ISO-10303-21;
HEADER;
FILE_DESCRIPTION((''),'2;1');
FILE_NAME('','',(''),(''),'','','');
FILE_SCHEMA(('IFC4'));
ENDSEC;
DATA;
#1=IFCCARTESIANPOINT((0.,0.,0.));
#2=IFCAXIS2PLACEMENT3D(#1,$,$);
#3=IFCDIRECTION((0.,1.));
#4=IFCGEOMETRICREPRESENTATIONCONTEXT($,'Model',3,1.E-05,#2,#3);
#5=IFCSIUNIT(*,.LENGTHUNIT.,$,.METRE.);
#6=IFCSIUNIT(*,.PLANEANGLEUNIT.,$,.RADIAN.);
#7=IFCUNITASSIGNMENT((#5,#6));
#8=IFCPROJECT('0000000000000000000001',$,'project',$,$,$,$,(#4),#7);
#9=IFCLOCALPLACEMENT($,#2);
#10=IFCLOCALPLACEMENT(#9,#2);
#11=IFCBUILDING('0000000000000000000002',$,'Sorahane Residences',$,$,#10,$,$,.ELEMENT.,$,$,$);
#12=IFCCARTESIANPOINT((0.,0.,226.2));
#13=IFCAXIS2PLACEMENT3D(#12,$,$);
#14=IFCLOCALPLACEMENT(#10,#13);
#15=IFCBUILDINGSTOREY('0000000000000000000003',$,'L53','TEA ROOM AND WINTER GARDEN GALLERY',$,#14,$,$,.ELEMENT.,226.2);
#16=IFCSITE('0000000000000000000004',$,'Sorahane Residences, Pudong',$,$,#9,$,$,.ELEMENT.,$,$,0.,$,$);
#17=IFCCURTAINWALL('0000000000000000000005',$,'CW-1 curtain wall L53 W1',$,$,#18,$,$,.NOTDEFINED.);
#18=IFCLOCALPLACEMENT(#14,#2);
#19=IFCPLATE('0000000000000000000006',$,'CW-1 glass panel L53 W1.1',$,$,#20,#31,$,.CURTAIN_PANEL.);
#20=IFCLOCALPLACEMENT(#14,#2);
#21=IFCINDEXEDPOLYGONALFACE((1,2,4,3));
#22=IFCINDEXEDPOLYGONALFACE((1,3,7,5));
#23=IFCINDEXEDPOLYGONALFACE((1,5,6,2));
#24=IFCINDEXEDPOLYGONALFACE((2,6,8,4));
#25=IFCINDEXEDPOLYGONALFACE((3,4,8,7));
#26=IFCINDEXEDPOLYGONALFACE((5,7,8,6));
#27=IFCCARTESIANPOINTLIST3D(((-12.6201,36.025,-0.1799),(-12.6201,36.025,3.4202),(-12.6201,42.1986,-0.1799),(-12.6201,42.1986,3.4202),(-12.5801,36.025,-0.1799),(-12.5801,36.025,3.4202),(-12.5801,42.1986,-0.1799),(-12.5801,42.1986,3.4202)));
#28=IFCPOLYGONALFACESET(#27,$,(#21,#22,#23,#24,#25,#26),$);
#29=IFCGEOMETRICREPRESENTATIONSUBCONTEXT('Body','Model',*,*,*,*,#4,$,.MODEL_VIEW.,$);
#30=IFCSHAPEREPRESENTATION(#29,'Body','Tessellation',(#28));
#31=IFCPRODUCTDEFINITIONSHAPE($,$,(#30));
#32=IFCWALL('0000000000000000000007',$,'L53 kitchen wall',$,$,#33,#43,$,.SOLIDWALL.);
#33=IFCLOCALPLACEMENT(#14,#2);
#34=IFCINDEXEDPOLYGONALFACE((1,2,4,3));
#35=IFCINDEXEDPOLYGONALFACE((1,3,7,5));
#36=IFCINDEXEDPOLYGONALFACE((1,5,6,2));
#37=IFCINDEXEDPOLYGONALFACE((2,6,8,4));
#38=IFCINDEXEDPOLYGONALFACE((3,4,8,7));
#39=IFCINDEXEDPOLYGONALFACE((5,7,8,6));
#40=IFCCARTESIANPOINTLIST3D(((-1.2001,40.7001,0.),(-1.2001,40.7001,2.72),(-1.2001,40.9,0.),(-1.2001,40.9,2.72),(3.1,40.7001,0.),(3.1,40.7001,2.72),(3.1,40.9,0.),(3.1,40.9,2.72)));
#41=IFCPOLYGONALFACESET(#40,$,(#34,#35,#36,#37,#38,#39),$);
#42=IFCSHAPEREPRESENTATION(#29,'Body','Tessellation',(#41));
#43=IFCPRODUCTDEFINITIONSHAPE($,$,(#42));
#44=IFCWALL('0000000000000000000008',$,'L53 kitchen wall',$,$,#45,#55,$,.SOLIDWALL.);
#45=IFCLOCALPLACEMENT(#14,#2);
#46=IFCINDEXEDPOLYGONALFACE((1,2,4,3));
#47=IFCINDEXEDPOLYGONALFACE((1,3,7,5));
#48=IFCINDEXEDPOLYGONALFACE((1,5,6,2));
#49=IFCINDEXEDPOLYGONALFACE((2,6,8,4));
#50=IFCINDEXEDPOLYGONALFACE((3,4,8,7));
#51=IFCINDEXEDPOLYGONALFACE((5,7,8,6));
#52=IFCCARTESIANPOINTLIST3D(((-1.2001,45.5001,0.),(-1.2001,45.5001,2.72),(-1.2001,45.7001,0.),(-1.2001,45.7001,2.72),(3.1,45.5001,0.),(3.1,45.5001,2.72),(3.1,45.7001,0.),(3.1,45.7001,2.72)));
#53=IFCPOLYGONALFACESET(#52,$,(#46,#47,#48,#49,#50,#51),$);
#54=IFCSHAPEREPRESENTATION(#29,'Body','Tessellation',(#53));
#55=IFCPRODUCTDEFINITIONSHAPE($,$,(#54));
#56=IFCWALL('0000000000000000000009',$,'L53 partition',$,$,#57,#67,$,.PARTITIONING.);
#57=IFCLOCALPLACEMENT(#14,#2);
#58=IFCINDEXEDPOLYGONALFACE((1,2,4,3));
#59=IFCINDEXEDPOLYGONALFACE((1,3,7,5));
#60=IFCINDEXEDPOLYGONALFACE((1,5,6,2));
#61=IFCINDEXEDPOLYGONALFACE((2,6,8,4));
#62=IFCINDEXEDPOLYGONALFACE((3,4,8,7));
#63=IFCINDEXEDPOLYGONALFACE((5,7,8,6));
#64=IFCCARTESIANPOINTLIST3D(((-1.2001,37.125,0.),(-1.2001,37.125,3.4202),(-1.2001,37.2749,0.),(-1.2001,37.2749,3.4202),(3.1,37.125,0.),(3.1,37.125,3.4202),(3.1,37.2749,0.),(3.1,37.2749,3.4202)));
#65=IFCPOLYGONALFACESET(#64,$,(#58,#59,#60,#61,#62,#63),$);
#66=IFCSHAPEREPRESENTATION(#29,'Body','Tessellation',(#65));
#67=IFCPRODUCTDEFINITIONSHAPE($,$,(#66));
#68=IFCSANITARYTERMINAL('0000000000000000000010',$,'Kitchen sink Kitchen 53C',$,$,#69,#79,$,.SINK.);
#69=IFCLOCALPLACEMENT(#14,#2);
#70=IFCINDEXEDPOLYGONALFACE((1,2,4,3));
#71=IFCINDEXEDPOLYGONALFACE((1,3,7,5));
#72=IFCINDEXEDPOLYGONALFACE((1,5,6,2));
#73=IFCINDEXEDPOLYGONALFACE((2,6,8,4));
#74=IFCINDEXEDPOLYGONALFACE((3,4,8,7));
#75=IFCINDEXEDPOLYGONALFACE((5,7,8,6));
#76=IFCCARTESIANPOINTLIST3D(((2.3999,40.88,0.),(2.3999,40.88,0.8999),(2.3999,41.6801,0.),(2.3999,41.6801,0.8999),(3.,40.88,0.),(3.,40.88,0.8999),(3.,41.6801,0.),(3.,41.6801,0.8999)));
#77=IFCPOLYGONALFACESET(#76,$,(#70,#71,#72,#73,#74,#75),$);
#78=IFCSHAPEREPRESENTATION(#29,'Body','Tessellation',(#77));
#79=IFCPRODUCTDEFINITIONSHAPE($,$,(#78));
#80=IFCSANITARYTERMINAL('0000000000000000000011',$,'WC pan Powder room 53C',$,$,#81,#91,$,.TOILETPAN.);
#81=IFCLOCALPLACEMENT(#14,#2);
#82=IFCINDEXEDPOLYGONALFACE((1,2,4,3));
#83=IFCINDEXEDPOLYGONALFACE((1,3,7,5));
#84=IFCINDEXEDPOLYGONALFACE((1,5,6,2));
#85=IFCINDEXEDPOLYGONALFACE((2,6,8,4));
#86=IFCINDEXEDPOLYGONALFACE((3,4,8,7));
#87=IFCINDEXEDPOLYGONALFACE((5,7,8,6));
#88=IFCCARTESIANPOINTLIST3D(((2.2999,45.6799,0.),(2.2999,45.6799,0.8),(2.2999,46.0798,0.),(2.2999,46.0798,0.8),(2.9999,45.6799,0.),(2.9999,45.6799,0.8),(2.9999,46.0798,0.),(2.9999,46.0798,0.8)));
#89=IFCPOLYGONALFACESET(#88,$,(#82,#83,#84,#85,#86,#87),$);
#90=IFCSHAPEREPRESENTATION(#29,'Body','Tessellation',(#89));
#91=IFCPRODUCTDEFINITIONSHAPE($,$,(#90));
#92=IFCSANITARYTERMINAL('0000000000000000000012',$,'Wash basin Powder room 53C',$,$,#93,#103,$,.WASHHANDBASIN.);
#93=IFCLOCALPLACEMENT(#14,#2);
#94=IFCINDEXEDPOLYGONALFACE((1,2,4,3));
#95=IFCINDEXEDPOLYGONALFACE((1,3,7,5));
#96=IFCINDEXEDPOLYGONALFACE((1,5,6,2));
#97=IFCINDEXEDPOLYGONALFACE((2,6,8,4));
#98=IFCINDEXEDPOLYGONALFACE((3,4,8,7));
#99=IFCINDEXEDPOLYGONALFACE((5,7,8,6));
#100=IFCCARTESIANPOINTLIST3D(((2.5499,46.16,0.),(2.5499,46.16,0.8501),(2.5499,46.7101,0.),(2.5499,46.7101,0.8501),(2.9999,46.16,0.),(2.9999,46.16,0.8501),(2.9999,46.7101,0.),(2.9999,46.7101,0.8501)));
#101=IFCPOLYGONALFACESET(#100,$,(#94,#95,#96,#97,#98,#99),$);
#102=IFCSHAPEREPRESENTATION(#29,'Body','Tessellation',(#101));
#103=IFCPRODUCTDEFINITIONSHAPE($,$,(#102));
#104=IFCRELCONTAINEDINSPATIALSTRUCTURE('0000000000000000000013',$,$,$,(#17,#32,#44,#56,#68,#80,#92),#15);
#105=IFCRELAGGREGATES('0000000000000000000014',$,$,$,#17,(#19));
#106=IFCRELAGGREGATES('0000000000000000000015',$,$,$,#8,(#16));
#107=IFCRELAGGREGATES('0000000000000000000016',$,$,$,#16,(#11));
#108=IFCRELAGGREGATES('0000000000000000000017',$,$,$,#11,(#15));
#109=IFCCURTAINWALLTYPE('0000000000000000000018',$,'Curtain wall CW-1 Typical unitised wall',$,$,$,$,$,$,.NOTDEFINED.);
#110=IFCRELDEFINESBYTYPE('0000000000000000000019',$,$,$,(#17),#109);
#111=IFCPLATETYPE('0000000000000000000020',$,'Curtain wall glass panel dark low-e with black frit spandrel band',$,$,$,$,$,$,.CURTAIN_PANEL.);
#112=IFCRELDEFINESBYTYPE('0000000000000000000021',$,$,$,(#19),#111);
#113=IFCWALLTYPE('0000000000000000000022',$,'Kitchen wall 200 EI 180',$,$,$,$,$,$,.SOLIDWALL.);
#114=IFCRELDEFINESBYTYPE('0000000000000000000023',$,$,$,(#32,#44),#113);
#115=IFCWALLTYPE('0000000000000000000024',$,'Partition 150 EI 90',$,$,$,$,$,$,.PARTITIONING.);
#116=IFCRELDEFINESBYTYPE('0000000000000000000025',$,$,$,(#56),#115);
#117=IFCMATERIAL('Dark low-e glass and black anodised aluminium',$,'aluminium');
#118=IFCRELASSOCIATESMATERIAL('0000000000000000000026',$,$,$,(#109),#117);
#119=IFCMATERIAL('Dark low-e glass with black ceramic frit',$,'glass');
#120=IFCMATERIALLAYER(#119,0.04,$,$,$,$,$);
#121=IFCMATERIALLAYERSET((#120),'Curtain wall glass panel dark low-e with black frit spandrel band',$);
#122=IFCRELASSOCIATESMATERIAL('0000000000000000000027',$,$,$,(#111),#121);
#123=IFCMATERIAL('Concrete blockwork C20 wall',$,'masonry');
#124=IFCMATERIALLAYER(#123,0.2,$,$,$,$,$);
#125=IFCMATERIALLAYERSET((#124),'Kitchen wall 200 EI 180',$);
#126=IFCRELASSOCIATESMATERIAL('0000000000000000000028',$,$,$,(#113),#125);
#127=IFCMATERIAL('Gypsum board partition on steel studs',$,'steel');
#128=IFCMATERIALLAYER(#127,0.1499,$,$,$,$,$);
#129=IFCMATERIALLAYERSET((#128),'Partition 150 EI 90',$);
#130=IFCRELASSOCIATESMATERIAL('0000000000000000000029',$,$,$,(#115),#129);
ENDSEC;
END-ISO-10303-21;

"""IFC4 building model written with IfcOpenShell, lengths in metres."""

from ifc_helpers import new_model, si_unit, direction, frame, frame_2d, origin, origin_2d, place, context, subcontext, project, spatial, rectangle, extrude, material, layer, layer_set, type_object, element, aggregate, save


model = new_model("IFC4")

# Units and contexts
model_context = context("Model", 3, precision=1e-05, world=origin(), true_north=direction((0.0, 1.0)))
body_context = subcontext(model_context, "Body", "Model", "MODEL_VIEW")
ifc_project = project(units=[si_unit("LENGTHUNIT", "METRE"), si_unit("PLANEANGLEUNIT", "RADIAN")], contexts=[model_context])

# Site, building, storey
site_placement = place(None, origin())
site = spatial("IfcSite", under=ifc_project, at=site_placement, Name="Sorahane Residences, Pudong", CompositionType="ELEMENT", RefElevation=0.0)
building_placement = place(site_placement, origin())
building = spatial("IfcBuilding", under=site, at=building_placement, Name="Sorahane Residences", CompositionType="ELEMENT")
storey_placement = place(building_placement, frame((0.0, 0.0, 226.2)))
storey = spatial("IfcBuildingStorey", under=building, at=storey_placement, Name="L53", Description="TEA ROOM AND WINTER GARDEN GALLERY", CompositionType="ELEMENT", Elevation=226.2)

# Shared definitions
ifc_material_1 = material(Name="Dark low-e glass and black anodised aluminium", Category="aluminium")
curtain_wall_type_1 = type_object("IfcCurtainWallType", Name="Curtain wall CW-1 Typical unitised wall", PredefinedType="NOTDEFINED", material=ifc_material_1)

# Curtain wall
curtain_wall_1_placement = place(storey_placement, origin())
curtain_wall_1 = element("IfcCurtainWall", 1, at=curtain_wall_1_placement, inside=storey, type_object=curtain_wall_type_1, Name="CW-1 curtain wall L53 W1", PredefinedType="NOTDEFINED")

# Plate
ifc_material_2 = material(Name="Dark low-e glass with black ceramic frit", Category="glass")
ifc_layer_1 = layer(ifc_material_2, 0.04)
ifc_layer_set_1 = layer_set([ifc_layer_1], Name="Curtain wall glass panel dark low-e with black frit spandrel band")
plate_type = type_object("IfcPlateType", Name="Curtain wall glass panel dark low-e with black frit spandrel band", PredefinedType="CURTAIN_PANEL", material=ifc_layer_set_1)
plate_1_placement = place(storey_placement, frame((-12.6001, 39.1118, -0.1799), z_axis=(0.0, 0.0, 1.0), x_axis=(0.0, -1.0, 0.0)))
plate_1 = element("IfcPlate", 2, at=plate_1_placement, type_object=plate_type, Name="CW-1 glass panel L53 W1.1", PredefinedType="CURTAIN_PANEL", context=body_context, shape_type="SweptSolid", body=[
    extrude(rectangle(XDim=6.1736, YDim=0.04, at=origin_2d()), origin(), (0.0, 0.0, 1.0), 3.6001),
])
aggregate(curtain_wall_1, [plate_1])

# Shared definitions
ifc_material_3 = material(Name="Concrete blockwork C20 wall", Category="masonry")
ifc_layer_2 = layer(ifc_material_3, 0.2)
ifc_layer_set_2 = layer_set([ifc_layer_2], Name="Kitchen wall 200 EI 180")
wall_type_1 = type_object("IfcWallType", Name="Kitchen wall 200 EI 180", PredefinedType="SOLIDWALL", material=ifc_layer_set_2)

# Walls
for number, where, z_axis, x_axis, name in (
    (3, (-1.2, 40.8, 0.0), (0.0, 0.0, 1.0), (1.0, 0.0, 0.0), "L53 kitchen wall"),
    (4, (-1.2, 45.6001, 0.0), (0.0, 0.0, 1.0), (1.0, 0.0, 0.0), "L53 kitchen wall"),
):
    element("IfcWall", number, at=place(storey_placement, frame(where, z_axis=z_axis, x_axis=x_axis)), inside=storey, type_object=wall_type_1, Name=name, PredefinedType="SOLIDWALL", context=body_context, shape_type="SweptSolid", body=[
        extrude(rectangle(XDim=4.3, YDim=0.2, at=frame_2d((2.1499, 0.0))), origin(), (0.0, 0.0, 1.0), 2.72),
    ])
ifc_material_4 = material(Name="Gypsum board partition on steel studs", Category="steel")
ifc_layer_3 = layer(ifc_material_4, 0.1499)
ifc_layer_set_3 = layer_set([ifc_layer_3], Name="Partition 150 EI 90")
wall_type_2 = type_object("IfcWallType", Name="Partition 150 EI 90", PredefinedType="PARTITIONING", material=ifc_layer_set_3)
wall_1_placement = place(storey_placement, frame((-1.2, 37.2, 0.0), z_axis=(0.0, 0.0, 1.0), x_axis=(1.0, 0.0, 0.0)))
element("IfcWall", 5, at=wall_1_placement, inside=storey, type_object=wall_type_2, Name="L53 partition", PredefinedType="PARTITIONING", context=body_context, shape_type="SweptSolid", body=[
    extrude(rectangle(XDim=4.3, YDim=0.1499, at=frame_2d((2.1499, 0.0))), origin(), (0.0, 0.0, 1.0), 3.4202),
])

# Sanitary terminals
sanitary_terminal_1_placement = place(storey_placement, frame((2.7, 41.28, 0.0), z_axis=(0.0, 0.0, 1.0), x_axis=(0.0, -1.0, 0.0)))
element("IfcSanitaryTerminal", 6, at=sanitary_terminal_1_placement, inside=storey, Name="Kitchen sink Kitchen 53C", PredefinedType="SINK", context=body_context, shape_type="SweptSolid", body=[
    extrude(rectangle(XDim=0.8, YDim=0.6001, at=origin_2d()), origin(), (0.0, 0.0, 1.0), 0.8999),
])
sanitary_terminal_2_placement = place(storey_placement, frame((2.6499, 45.8799, 0.0), z_axis=(0.0, 0.0, 1.0), x_axis=(0.0, -1.0, 0.0)))
element("IfcSanitaryTerminal", 7, at=sanitary_terminal_2_placement, inside=storey, Name="WC pan Powder room 53C", PredefinedType="TOILETPAN", context=body_context, shape_type="SweptSolid", body=[
    extrude(rectangle(XDim=0.3999, YDim=0.7, at=origin_2d()), origin(), (0.0, 0.0, 1.0), 0.8),
])
sanitary_terminal_3_placement = place(storey_placement, frame((2.7749, 46.4351, 0.0), z_axis=(0.0, 0.0, 1.0), x_axis=(0.0, -1.0, 0.0)))
element("IfcSanitaryTerminal", 8, at=sanitary_terminal_3_placement, inside=storey, Name="Wash basin Powder room 53C", PredefinedType="WASHHANDBASIN", context=body_context, shape_type="SweptSolid", body=[
    extrude(rectangle(XDim=0.55, YDim=0.45, at=origin_2d()), origin(), (0.0, 0.0, 1.0), 0.8501),
])

save(model, "model.ifc")
